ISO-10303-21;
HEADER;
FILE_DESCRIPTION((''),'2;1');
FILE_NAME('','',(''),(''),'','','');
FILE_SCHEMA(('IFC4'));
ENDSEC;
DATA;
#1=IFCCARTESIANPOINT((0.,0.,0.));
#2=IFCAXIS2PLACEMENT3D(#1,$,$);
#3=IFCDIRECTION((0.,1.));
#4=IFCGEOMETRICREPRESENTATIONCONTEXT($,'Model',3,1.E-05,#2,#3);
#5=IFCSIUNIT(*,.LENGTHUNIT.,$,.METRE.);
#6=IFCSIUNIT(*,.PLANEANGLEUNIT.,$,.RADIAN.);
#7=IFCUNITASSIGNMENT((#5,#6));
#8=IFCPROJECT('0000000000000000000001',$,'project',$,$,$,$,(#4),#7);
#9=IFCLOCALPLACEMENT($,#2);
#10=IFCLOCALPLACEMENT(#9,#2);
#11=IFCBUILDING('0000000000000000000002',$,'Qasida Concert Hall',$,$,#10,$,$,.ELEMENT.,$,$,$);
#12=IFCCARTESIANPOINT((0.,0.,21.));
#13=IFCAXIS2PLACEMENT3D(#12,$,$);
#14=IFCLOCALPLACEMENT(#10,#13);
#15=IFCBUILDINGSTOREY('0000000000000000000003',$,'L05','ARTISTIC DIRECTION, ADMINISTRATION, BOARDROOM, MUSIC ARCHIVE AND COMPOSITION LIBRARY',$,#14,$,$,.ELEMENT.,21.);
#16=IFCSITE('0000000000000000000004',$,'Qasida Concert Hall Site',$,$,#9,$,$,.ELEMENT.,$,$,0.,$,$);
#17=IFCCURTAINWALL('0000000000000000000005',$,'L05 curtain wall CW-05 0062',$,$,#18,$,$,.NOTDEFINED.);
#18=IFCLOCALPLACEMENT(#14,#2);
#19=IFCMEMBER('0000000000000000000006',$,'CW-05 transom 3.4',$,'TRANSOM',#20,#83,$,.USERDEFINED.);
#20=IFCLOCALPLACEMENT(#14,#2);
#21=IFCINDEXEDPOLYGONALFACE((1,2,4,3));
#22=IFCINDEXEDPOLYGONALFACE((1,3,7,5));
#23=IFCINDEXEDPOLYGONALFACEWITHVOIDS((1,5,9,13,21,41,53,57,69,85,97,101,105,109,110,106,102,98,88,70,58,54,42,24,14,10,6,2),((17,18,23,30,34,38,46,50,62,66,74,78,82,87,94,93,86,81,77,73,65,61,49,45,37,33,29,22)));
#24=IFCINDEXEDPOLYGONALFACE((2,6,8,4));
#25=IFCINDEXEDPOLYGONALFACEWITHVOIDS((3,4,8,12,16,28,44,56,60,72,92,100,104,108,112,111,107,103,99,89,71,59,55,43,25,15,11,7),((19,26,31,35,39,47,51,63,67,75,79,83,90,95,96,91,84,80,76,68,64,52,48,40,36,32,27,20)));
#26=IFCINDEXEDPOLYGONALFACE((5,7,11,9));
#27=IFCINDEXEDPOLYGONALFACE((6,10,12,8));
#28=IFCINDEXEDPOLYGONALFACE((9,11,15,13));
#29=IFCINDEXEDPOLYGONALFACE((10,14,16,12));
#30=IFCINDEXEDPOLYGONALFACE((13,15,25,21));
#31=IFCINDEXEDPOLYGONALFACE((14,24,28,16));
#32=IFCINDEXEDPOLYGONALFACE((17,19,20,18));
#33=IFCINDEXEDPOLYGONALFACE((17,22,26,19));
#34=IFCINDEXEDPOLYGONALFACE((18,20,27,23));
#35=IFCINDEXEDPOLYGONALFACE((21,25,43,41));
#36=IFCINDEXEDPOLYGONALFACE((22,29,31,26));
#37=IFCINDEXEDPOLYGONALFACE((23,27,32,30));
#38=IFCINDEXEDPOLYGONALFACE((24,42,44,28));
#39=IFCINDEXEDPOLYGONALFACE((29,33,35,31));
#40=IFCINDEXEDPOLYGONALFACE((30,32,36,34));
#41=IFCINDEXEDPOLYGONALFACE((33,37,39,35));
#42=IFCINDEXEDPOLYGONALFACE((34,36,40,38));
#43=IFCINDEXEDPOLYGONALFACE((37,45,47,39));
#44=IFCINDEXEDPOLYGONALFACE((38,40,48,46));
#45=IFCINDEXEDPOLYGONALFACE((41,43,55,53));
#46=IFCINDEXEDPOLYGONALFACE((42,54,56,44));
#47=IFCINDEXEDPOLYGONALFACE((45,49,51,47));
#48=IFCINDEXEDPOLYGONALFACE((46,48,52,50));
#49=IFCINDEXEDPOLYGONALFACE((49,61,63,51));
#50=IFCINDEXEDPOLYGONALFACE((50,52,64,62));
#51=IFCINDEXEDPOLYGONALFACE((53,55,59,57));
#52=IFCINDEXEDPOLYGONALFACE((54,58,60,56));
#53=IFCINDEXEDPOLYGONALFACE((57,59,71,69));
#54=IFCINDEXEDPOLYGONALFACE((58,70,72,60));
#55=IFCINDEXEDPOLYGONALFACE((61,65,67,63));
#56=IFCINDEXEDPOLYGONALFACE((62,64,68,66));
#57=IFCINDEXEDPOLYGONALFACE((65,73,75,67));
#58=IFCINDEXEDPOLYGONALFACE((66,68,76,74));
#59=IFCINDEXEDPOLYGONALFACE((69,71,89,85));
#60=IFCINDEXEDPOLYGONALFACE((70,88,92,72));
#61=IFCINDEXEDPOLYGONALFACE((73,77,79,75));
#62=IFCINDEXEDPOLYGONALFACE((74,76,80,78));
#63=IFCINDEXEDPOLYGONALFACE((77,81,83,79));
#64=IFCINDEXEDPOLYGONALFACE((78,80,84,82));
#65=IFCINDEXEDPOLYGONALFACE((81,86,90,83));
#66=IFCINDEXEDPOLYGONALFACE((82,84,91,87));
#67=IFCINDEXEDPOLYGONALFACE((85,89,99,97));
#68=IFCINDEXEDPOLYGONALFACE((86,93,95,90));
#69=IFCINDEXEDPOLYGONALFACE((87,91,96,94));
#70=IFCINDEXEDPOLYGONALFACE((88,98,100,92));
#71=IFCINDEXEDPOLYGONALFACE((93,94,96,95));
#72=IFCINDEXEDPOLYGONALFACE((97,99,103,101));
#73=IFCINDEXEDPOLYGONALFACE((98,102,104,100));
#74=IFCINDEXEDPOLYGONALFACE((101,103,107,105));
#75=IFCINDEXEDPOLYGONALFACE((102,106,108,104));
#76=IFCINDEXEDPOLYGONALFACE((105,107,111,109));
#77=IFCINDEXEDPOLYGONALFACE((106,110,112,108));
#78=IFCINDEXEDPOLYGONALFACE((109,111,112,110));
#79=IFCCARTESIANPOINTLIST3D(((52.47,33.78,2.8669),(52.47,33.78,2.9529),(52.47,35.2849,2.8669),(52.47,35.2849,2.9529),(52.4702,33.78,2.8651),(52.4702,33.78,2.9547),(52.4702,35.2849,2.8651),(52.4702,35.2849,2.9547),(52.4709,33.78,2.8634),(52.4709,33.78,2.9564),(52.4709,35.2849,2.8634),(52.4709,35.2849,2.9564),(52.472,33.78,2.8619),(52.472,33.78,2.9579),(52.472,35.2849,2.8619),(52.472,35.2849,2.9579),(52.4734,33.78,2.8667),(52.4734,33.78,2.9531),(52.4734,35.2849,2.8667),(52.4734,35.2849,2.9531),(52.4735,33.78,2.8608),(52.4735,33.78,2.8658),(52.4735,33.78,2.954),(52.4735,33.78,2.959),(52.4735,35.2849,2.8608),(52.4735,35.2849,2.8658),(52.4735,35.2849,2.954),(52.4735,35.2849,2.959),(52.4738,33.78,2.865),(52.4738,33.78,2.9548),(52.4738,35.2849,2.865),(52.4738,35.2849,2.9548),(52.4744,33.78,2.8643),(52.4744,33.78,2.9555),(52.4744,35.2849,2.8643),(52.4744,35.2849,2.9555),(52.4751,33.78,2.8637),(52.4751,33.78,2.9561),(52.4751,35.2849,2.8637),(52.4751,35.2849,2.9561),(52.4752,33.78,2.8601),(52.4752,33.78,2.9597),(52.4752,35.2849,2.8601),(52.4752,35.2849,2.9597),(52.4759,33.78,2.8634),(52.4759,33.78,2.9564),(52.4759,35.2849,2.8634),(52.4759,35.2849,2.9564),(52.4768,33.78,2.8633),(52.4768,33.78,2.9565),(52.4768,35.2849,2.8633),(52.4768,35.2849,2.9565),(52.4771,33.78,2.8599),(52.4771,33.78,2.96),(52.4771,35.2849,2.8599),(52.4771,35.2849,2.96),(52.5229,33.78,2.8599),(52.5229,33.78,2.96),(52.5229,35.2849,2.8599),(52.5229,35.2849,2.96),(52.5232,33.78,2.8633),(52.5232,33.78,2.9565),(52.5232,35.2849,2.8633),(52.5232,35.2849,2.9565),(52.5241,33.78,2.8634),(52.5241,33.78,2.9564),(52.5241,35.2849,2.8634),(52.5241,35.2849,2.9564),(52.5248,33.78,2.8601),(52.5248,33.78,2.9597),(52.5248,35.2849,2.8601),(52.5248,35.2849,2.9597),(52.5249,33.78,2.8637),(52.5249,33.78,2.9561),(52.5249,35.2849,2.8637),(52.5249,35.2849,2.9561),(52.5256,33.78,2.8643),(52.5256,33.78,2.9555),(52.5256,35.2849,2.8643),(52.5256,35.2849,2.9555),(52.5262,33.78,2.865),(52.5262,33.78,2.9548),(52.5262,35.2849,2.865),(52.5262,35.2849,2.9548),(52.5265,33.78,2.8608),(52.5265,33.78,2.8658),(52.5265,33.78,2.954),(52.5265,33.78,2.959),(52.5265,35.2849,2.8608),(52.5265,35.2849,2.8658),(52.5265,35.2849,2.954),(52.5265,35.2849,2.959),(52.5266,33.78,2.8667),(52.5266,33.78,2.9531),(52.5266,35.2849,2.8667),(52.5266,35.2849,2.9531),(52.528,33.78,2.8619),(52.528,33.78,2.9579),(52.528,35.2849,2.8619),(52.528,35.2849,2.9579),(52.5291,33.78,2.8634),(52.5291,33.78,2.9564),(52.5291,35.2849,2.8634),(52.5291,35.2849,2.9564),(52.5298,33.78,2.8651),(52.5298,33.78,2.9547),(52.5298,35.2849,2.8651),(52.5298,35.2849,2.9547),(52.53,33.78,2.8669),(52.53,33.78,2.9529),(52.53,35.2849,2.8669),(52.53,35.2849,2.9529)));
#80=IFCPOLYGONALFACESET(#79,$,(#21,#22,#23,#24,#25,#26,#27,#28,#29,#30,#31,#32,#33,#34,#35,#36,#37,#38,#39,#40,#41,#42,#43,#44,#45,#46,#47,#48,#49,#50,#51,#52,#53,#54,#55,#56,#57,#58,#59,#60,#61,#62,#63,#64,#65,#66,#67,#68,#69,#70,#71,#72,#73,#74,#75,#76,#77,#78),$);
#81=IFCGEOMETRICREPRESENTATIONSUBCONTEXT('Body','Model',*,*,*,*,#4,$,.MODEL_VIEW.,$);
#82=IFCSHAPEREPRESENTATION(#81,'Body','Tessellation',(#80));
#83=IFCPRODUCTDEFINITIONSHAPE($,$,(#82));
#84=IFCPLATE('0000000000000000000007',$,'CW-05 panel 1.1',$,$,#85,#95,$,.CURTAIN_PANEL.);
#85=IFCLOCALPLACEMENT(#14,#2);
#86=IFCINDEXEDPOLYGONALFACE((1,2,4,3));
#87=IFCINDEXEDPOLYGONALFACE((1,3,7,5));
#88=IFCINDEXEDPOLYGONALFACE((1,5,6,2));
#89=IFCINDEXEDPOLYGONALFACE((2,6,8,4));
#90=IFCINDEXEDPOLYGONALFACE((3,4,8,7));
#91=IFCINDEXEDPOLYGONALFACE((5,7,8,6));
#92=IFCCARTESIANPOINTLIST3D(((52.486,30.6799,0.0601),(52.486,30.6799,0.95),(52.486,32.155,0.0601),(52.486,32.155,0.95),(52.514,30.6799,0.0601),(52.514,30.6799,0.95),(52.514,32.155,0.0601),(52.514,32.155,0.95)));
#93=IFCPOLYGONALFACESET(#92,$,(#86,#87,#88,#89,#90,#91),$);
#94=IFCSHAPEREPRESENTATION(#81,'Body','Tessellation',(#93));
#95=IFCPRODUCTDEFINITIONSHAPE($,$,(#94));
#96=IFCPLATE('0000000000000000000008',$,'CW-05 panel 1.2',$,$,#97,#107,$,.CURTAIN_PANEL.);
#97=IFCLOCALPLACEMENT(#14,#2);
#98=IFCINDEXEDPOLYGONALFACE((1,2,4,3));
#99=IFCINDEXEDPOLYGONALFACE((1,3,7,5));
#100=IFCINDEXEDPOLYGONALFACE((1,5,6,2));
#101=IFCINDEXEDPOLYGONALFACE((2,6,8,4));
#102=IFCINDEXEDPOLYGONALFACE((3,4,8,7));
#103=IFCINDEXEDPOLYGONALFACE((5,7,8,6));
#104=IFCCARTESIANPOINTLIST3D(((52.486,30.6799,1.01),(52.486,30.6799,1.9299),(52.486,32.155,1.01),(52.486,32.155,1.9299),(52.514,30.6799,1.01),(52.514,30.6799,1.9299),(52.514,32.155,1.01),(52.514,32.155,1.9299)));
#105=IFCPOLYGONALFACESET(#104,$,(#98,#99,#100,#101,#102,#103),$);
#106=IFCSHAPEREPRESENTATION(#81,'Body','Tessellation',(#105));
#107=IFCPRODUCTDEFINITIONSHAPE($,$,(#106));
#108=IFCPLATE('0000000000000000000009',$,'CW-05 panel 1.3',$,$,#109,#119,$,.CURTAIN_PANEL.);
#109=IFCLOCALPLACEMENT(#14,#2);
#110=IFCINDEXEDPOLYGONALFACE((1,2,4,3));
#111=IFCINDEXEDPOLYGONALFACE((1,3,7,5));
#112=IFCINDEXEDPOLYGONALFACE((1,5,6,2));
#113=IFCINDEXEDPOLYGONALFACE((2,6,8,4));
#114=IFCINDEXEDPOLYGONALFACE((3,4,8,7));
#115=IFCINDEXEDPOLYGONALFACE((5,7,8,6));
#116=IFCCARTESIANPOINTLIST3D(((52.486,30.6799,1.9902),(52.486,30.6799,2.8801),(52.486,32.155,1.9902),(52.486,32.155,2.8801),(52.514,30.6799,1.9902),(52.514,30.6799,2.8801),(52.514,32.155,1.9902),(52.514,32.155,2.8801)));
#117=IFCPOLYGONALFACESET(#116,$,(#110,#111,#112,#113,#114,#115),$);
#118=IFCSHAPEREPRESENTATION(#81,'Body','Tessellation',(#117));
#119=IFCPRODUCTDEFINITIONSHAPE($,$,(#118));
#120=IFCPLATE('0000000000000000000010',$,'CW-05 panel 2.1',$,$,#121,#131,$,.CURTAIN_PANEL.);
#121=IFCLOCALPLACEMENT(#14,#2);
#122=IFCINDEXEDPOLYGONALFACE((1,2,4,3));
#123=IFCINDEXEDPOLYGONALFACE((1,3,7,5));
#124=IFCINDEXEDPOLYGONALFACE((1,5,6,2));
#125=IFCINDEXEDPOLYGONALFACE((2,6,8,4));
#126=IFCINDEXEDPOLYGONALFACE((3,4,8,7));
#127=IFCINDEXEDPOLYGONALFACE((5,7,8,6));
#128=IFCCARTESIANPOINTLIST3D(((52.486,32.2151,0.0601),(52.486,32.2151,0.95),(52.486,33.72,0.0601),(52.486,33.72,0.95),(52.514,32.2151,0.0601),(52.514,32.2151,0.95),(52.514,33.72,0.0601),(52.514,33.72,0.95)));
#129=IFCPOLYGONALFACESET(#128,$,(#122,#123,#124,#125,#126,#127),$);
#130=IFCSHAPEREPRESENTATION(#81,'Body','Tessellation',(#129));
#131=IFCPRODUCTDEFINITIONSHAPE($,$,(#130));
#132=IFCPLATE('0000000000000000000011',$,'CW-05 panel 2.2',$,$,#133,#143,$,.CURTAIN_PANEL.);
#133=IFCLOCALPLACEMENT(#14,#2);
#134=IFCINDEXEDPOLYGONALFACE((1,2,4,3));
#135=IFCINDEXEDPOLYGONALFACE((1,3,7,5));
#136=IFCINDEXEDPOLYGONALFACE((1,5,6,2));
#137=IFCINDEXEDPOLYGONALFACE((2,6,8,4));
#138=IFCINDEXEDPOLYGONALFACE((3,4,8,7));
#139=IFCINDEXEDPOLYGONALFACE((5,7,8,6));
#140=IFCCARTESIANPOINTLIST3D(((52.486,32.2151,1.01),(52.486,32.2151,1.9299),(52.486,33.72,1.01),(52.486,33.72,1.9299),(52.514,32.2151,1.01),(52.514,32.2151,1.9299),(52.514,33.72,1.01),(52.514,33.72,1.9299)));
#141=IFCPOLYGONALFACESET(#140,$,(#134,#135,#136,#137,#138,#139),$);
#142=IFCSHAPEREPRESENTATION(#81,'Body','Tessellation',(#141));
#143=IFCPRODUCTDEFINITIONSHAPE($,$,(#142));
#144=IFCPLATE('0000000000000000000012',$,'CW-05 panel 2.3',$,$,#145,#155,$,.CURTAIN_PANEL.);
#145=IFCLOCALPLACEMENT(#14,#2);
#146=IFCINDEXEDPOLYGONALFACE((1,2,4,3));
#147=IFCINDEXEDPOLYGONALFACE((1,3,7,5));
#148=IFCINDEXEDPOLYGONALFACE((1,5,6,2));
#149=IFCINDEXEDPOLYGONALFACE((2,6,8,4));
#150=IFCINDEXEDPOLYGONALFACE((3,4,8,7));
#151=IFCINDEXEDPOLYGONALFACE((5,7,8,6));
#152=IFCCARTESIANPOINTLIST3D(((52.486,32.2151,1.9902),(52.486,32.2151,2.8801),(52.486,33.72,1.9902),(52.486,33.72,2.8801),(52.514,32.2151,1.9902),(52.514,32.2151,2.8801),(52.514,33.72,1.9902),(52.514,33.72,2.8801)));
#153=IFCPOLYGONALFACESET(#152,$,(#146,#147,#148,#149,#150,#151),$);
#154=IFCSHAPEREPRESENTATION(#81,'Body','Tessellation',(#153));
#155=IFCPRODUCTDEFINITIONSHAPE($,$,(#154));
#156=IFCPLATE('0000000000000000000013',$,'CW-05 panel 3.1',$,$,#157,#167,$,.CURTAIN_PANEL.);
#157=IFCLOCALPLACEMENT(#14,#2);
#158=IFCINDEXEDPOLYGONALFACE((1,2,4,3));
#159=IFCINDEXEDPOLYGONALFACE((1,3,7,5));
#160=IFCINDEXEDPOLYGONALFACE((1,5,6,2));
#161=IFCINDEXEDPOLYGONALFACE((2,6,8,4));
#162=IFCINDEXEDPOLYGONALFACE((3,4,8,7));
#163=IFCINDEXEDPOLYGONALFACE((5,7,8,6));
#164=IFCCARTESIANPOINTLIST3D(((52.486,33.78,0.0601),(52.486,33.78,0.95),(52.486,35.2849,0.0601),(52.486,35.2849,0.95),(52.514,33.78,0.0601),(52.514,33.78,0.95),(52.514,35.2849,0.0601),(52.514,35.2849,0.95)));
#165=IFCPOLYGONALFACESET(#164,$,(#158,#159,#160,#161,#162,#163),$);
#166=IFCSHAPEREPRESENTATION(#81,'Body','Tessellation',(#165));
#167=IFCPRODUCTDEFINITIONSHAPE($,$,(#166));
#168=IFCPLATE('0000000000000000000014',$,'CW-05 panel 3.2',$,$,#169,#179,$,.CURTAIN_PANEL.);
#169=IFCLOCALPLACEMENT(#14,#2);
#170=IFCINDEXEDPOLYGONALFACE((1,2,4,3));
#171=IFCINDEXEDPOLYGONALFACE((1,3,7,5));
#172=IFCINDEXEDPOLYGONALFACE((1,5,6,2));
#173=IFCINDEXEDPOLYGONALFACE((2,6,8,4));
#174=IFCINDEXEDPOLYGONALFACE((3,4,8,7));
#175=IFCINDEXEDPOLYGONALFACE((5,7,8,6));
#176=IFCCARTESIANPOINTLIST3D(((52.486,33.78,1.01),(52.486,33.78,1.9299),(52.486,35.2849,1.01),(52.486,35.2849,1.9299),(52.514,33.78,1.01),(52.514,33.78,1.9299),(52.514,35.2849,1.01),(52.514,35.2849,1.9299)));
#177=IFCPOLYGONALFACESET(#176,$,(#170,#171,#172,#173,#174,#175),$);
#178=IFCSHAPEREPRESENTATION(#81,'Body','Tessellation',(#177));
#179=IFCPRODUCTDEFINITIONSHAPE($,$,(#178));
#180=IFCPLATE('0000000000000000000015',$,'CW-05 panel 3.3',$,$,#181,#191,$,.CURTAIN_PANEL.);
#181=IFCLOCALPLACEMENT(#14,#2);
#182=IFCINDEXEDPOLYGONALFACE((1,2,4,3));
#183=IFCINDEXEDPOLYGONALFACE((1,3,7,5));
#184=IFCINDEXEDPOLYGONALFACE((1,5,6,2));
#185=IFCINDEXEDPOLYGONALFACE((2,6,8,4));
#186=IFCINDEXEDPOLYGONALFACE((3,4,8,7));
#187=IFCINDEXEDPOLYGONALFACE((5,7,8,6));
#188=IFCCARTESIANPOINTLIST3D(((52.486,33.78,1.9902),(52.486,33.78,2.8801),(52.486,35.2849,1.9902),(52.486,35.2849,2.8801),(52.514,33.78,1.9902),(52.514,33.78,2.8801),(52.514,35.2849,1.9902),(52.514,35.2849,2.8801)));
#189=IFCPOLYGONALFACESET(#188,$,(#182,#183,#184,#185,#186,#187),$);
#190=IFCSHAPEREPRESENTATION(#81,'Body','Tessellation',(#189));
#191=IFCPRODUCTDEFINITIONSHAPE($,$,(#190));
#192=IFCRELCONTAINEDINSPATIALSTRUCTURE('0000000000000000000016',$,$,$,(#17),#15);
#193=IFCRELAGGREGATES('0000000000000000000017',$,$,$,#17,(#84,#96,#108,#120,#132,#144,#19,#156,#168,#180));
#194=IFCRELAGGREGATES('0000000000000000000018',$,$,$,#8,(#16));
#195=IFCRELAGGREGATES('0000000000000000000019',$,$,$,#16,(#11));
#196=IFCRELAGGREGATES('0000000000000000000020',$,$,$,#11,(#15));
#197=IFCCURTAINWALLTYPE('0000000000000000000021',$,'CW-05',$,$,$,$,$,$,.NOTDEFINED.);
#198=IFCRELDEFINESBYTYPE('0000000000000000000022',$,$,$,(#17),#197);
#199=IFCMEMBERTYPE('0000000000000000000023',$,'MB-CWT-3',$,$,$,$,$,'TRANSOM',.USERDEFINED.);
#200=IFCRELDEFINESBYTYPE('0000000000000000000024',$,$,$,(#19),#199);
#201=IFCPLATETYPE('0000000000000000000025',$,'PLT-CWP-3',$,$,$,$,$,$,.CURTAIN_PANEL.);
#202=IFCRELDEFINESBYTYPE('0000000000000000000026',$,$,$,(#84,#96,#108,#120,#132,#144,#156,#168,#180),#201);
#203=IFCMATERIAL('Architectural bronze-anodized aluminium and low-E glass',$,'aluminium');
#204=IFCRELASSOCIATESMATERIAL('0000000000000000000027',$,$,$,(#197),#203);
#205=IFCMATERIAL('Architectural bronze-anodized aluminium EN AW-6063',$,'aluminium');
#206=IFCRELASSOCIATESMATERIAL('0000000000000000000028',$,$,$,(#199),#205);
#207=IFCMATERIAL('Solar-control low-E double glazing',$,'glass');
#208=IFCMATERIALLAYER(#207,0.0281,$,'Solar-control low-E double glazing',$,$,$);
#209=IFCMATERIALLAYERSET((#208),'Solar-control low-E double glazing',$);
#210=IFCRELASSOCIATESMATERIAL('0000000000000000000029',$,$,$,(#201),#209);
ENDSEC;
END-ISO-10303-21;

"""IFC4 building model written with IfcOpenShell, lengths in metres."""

from ifc_helpers import new_model, si_unit, direction, frame, origin, origin_2d, place, context, subcontext, project, spatial, rectangle, hollow_rectangle, extrude, material, layer, layer_set, material_profile, profile_set, type_object, element, aggregate, save


model = new_model("IFC4")

# Units and contexts
model_context = context("Model", 3, precision=1e-05, world=origin(), true_north=direction((0.0, 1.0)))
body_context = subcontext(model_context, "Body", "Model", "MODEL_VIEW")
ifc_project = project(units=[si_unit("LENGTHUNIT", "METRE"), si_unit("PLANEANGLEUNIT", "RADIAN")], contexts=[model_context])

# Site, building, storey
site_placement = place(None, origin())
site = spatial("IfcSite", under=ifc_project, at=site_placement, Name="Qasida Concert Hall Site", CompositionType="ELEMENT", RefElevation=0.0)
building_placement = place(site_placement, origin())
building = spatial("IfcBuilding", under=site, at=building_placement, Name="Qasida Concert Hall", CompositionType="ELEMENT")
storey_placement = place(building_placement, frame((0.0, 0.0, 21.0)))
storey = spatial("IfcBuildingStorey", under=building, at=storey_placement, Name="L05", Description="ARTISTIC DIRECTION, ADMINISTRATION, BOARDROOM, MUSIC ARCHIVE AND COMPOSITION LIBRARY", CompositionType="ELEMENT", Elevation=21.0)

# Shared definitions
ifc_material_1 = material(Name="Architectural bronze-anodized aluminium and low-E glass", Category="aluminium")
curtain_wall_type = type_object("IfcCurtainWallType", Name="CW-05", PredefinedType="NOTDEFINED", material=ifc_material_1)
ifc_material_2 = material(Name="Architectural bronze-anodized aluminium EN AW-6063", Category="aluminium")

# Curtain wall
curtain_wall_1_placement = place(storey_placement, origin())
curtain_wall_1 = element("IfcCurtainWall", 1, at=curtain_wall_1_placement, inside=storey, type_object=curtain_wall_type, Name="L05 curtain wall CW-05 0062", PredefinedType="NOTDEFINED")

# Member
ifc_material_profile_1 = material_profile(ifc_material_2, hollow_rectangle(XDim=0.0601, YDim=0.1001, WallThickness=0.0034, InnerFilletRadius=0.0034, OuterFilletRadius=0.0071, at=origin_2d()), Name="CWT 100x60x3.5")
ifc_profile_set_1 = profile_set([ifc_material_profile_1], Name="Architectural bronze-anodized aluminium EN AW-6063")
member_type_1 = type_object("IfcMemberType", Name="MB-CWT-3", ElementType="TRANSOM", PredefinedType="USERDEFINED", material=ifc_profile_set_1)
member_1_placement = place(storey_placement, frame((52.5, 33.78, 2.9099), z_axis=(0.0, 1.0, 0.0), x_axis=(-1.0, 0.0, 0.0)))
member_1 = element("IfcMember", 2, at=member_1_placement, type_object=member_type_1, Name="CW-05 transom 3.4", ObjectType="TRANSOM", PredefinedType="USERDEFINED", context=body_context, shape_type="SweptSolid", body=[
    extrude(hollow_rectangle(XDim=0.0601, YDim=0.1001, WallThickness=0.0034, InnerFilletRadius=0.0034, OuterFilletRadius=0.0071, at=origin_2d()), origin(), (0.0, 0.0, 1.0), 1.5049),
])

# Plates
ifc_material_3 = material(Name="Solar-control low-E double glazing", Category="glass")
ifc_layer_1 = layer(ifc_material_3, 0.0281, Name="Solar-control low-E double glazing")
ifc_layer_set_1 = layer_set([ifc_layer_1], Name="Solar-control low-E double glazing")
plate_type = type_object("IfcPlateType", Name="PLT-CWP-3", PredefinedType="CURTAIN_PANEL", material=ifc_layer_set_1)
plate_1_placement = place(storey_placement, frame((52.5, 31.4175, 0.0601), z_axis=(0.0, 0.0, 1.0), x_axis=(0.0, 1.0, 0.0)))
plate_1 = element("IfcPlate", 3, at=plate_1_placement, type_object=plate_type, Name="CW-05 panel 1.1", PredefinedType="CURTAIN_PANEL", context=body_context, shape_type="SweptSolid", body=[
    extrude(rectangle(XDim=1.4751, YDim=0.0281, at=origin_2d()), origin(), (0.0, 0.0, 1.0), 0.8899),
])
plate_2_placement = place(storey_placement, frame((52.5, 31.4175, 1.01), z_axis=(0.0, 0.0, 1.0), x_axis=(0.0, 1.0, 0.0)))
plate_2 = element("IfcPlate", 4, at=plate_2_placement, type_object=plate_type, Name="CW-05 panel 1.2", PredefinedType="CURTAIN_PANEL", context=body_context, shape_type="SweptSolid", body=[
    extrude(rectangle(XDim=1.4751, YDim=0.0281, at=origin_2d()), origin(), (0.0, 0.0, 1.0), 0.9199),
])
plate_3_placement = place(storey_placement, frame((52.5, 31.4175, 1.9902), z_axis=(0.0, 0.0, 1.0), x_axis=(0.0, 1.0, 0.0)))
plate_3 = element("IfcPlate", 5, at=plate_3_placement, type_object=plate_type, Name="CW-05 panel 1.3", PredefinedType="CURTAIN_PANEL", context=body_context, shape_type="SweptSolid", body=[
    extrude(rectangle(XDim=1.4751, YDim=0.0281, at=origin_2d()), origin(), (0.0, 0.0, 1.0), 0.8899),
])
plate_4_placement = place(storey_placement, frame((52.5, 32.9675, 0.0601), z_axis=(0.0, 0.0, 1.0), x_axis=(0.0, 1.0, 0.0)))
plate_4 = element("IfcPlate", 6, at=plate_4_placement, type_object=plate_type, Name="CW-05 panel 2.1", PredefinedType="CURTAIN_PANEL", context=body_context, shape_type="SweptSolid", body=[
    extrude(rectangle(XDim=1.5049, YDim=0.0281, at=origin_2d()), origin(), (0.0, 0.0, 1.0), 0.8899),
])
plate_5_placement = place(storey_placement, frame((52.5, 32.9675, 1.01), z_axis=(0.0, 0.0, 1.0), x_axis=(0.0, 1.0, 0.0)))
plate_5 = element("IfcPlate", 7, at=plate_5_placement, type_object=plate_type, Name="CW-05 panel 2.2", PredefinedType="CURTAIN_PANEL", context=body_context, shape_type="SweptSolid", body=[
    extrude(rectangle(XDim=1.5049, YDim=0.0281, at=origin_2d()), origin(), (0.0, 0.0, 1.0), 0.9199),
])
plate_6_placement = place(storey_placement, frame((52.5, 32.9675, 1.9902), z_axis=(0.0, 0.0, 1.0), x_axis=(0.0, 1.0, 0.0)))
plate_6 = element("IfcPlate", 8, at=plate_6_placement, type_object=plate_type, Name="CW-05 panel 2.3", PredefinedType="CURTAIN_PANEL", context=body_context, shape_type="SweptSolid", body=[
    extrude(rectangle(XDim=1.5049, YDim=0.0281, at=origin_2d()), origin(), (0.0, 0.0, 1.0), 0.8899),
])
plate_7_placement = place(storey_placement, frame((52.5, 34.5325, 0.0601), z_axis=(0.0, 0.0, 1.0), x_axis=(0.0, 1.0, 0.0)))
plate_7 = element("IfcPlate", 9, at=plate_7_placement, type_object=plate_type, Name="CW-05 panel 3.1", PredefinedType="CURTAIN_PANEL", context=body_context, shape_type="SweptSolid", body=[
    extrude(rectangle(XDim=1.5049, YDim=0.0281, at=origin_2d()), origin(), (0.0, 0.0, 1.0), 0.8899),
])
plate_8_placement = place(storey_placement, frame((52.5, 34.5325, 1.01), z_axis=(0.0, 0.0, 1.0), x_axis=(0.0, 1.0, 0.0)))
plate_8 = element("IfcPlate", 10, at=plate_8_placement, type_object=plate_type, Name="CW-05 panel 3.2", PredefinedType="CURTAIN_PANEL", context=body_context, shape_type="SweptSolid", body=[
    extrude(rectangle(XDim=1.5049, YDim=0.0281, at=origin_2d()), origin(), (0.0, 0.0, 1.0), 0.9199),
])
plate_9_placement = place(storey_placement, frame((52.5, 34.5325, 1.9902), z_axis=(0.0, 0.0, 1.0), x_axis=(0.0, 1.0, 0.0)))
plate_9 = element("IfcPlate", 11, at=plate_9_placement, type_object=plate_type, Name="CW-05 panel 3.3", PredefinedType="CURTAIN_PANEL", context=body_context, shape_type="SweptSolid", body=[
    extrude(rectangle(XDim=1.5049, YDim=0.0281, at=origin_2d()), origin(), (0.0, 0.0, 1.0), 0.8899),
])
aggregate(curtain_wall_1, [plate_1, plate_2, plate_3, plate_4, plate_5, plate_6, member_1, plate_7, plate_8, plate_9])

save(model, "model.ifc")
